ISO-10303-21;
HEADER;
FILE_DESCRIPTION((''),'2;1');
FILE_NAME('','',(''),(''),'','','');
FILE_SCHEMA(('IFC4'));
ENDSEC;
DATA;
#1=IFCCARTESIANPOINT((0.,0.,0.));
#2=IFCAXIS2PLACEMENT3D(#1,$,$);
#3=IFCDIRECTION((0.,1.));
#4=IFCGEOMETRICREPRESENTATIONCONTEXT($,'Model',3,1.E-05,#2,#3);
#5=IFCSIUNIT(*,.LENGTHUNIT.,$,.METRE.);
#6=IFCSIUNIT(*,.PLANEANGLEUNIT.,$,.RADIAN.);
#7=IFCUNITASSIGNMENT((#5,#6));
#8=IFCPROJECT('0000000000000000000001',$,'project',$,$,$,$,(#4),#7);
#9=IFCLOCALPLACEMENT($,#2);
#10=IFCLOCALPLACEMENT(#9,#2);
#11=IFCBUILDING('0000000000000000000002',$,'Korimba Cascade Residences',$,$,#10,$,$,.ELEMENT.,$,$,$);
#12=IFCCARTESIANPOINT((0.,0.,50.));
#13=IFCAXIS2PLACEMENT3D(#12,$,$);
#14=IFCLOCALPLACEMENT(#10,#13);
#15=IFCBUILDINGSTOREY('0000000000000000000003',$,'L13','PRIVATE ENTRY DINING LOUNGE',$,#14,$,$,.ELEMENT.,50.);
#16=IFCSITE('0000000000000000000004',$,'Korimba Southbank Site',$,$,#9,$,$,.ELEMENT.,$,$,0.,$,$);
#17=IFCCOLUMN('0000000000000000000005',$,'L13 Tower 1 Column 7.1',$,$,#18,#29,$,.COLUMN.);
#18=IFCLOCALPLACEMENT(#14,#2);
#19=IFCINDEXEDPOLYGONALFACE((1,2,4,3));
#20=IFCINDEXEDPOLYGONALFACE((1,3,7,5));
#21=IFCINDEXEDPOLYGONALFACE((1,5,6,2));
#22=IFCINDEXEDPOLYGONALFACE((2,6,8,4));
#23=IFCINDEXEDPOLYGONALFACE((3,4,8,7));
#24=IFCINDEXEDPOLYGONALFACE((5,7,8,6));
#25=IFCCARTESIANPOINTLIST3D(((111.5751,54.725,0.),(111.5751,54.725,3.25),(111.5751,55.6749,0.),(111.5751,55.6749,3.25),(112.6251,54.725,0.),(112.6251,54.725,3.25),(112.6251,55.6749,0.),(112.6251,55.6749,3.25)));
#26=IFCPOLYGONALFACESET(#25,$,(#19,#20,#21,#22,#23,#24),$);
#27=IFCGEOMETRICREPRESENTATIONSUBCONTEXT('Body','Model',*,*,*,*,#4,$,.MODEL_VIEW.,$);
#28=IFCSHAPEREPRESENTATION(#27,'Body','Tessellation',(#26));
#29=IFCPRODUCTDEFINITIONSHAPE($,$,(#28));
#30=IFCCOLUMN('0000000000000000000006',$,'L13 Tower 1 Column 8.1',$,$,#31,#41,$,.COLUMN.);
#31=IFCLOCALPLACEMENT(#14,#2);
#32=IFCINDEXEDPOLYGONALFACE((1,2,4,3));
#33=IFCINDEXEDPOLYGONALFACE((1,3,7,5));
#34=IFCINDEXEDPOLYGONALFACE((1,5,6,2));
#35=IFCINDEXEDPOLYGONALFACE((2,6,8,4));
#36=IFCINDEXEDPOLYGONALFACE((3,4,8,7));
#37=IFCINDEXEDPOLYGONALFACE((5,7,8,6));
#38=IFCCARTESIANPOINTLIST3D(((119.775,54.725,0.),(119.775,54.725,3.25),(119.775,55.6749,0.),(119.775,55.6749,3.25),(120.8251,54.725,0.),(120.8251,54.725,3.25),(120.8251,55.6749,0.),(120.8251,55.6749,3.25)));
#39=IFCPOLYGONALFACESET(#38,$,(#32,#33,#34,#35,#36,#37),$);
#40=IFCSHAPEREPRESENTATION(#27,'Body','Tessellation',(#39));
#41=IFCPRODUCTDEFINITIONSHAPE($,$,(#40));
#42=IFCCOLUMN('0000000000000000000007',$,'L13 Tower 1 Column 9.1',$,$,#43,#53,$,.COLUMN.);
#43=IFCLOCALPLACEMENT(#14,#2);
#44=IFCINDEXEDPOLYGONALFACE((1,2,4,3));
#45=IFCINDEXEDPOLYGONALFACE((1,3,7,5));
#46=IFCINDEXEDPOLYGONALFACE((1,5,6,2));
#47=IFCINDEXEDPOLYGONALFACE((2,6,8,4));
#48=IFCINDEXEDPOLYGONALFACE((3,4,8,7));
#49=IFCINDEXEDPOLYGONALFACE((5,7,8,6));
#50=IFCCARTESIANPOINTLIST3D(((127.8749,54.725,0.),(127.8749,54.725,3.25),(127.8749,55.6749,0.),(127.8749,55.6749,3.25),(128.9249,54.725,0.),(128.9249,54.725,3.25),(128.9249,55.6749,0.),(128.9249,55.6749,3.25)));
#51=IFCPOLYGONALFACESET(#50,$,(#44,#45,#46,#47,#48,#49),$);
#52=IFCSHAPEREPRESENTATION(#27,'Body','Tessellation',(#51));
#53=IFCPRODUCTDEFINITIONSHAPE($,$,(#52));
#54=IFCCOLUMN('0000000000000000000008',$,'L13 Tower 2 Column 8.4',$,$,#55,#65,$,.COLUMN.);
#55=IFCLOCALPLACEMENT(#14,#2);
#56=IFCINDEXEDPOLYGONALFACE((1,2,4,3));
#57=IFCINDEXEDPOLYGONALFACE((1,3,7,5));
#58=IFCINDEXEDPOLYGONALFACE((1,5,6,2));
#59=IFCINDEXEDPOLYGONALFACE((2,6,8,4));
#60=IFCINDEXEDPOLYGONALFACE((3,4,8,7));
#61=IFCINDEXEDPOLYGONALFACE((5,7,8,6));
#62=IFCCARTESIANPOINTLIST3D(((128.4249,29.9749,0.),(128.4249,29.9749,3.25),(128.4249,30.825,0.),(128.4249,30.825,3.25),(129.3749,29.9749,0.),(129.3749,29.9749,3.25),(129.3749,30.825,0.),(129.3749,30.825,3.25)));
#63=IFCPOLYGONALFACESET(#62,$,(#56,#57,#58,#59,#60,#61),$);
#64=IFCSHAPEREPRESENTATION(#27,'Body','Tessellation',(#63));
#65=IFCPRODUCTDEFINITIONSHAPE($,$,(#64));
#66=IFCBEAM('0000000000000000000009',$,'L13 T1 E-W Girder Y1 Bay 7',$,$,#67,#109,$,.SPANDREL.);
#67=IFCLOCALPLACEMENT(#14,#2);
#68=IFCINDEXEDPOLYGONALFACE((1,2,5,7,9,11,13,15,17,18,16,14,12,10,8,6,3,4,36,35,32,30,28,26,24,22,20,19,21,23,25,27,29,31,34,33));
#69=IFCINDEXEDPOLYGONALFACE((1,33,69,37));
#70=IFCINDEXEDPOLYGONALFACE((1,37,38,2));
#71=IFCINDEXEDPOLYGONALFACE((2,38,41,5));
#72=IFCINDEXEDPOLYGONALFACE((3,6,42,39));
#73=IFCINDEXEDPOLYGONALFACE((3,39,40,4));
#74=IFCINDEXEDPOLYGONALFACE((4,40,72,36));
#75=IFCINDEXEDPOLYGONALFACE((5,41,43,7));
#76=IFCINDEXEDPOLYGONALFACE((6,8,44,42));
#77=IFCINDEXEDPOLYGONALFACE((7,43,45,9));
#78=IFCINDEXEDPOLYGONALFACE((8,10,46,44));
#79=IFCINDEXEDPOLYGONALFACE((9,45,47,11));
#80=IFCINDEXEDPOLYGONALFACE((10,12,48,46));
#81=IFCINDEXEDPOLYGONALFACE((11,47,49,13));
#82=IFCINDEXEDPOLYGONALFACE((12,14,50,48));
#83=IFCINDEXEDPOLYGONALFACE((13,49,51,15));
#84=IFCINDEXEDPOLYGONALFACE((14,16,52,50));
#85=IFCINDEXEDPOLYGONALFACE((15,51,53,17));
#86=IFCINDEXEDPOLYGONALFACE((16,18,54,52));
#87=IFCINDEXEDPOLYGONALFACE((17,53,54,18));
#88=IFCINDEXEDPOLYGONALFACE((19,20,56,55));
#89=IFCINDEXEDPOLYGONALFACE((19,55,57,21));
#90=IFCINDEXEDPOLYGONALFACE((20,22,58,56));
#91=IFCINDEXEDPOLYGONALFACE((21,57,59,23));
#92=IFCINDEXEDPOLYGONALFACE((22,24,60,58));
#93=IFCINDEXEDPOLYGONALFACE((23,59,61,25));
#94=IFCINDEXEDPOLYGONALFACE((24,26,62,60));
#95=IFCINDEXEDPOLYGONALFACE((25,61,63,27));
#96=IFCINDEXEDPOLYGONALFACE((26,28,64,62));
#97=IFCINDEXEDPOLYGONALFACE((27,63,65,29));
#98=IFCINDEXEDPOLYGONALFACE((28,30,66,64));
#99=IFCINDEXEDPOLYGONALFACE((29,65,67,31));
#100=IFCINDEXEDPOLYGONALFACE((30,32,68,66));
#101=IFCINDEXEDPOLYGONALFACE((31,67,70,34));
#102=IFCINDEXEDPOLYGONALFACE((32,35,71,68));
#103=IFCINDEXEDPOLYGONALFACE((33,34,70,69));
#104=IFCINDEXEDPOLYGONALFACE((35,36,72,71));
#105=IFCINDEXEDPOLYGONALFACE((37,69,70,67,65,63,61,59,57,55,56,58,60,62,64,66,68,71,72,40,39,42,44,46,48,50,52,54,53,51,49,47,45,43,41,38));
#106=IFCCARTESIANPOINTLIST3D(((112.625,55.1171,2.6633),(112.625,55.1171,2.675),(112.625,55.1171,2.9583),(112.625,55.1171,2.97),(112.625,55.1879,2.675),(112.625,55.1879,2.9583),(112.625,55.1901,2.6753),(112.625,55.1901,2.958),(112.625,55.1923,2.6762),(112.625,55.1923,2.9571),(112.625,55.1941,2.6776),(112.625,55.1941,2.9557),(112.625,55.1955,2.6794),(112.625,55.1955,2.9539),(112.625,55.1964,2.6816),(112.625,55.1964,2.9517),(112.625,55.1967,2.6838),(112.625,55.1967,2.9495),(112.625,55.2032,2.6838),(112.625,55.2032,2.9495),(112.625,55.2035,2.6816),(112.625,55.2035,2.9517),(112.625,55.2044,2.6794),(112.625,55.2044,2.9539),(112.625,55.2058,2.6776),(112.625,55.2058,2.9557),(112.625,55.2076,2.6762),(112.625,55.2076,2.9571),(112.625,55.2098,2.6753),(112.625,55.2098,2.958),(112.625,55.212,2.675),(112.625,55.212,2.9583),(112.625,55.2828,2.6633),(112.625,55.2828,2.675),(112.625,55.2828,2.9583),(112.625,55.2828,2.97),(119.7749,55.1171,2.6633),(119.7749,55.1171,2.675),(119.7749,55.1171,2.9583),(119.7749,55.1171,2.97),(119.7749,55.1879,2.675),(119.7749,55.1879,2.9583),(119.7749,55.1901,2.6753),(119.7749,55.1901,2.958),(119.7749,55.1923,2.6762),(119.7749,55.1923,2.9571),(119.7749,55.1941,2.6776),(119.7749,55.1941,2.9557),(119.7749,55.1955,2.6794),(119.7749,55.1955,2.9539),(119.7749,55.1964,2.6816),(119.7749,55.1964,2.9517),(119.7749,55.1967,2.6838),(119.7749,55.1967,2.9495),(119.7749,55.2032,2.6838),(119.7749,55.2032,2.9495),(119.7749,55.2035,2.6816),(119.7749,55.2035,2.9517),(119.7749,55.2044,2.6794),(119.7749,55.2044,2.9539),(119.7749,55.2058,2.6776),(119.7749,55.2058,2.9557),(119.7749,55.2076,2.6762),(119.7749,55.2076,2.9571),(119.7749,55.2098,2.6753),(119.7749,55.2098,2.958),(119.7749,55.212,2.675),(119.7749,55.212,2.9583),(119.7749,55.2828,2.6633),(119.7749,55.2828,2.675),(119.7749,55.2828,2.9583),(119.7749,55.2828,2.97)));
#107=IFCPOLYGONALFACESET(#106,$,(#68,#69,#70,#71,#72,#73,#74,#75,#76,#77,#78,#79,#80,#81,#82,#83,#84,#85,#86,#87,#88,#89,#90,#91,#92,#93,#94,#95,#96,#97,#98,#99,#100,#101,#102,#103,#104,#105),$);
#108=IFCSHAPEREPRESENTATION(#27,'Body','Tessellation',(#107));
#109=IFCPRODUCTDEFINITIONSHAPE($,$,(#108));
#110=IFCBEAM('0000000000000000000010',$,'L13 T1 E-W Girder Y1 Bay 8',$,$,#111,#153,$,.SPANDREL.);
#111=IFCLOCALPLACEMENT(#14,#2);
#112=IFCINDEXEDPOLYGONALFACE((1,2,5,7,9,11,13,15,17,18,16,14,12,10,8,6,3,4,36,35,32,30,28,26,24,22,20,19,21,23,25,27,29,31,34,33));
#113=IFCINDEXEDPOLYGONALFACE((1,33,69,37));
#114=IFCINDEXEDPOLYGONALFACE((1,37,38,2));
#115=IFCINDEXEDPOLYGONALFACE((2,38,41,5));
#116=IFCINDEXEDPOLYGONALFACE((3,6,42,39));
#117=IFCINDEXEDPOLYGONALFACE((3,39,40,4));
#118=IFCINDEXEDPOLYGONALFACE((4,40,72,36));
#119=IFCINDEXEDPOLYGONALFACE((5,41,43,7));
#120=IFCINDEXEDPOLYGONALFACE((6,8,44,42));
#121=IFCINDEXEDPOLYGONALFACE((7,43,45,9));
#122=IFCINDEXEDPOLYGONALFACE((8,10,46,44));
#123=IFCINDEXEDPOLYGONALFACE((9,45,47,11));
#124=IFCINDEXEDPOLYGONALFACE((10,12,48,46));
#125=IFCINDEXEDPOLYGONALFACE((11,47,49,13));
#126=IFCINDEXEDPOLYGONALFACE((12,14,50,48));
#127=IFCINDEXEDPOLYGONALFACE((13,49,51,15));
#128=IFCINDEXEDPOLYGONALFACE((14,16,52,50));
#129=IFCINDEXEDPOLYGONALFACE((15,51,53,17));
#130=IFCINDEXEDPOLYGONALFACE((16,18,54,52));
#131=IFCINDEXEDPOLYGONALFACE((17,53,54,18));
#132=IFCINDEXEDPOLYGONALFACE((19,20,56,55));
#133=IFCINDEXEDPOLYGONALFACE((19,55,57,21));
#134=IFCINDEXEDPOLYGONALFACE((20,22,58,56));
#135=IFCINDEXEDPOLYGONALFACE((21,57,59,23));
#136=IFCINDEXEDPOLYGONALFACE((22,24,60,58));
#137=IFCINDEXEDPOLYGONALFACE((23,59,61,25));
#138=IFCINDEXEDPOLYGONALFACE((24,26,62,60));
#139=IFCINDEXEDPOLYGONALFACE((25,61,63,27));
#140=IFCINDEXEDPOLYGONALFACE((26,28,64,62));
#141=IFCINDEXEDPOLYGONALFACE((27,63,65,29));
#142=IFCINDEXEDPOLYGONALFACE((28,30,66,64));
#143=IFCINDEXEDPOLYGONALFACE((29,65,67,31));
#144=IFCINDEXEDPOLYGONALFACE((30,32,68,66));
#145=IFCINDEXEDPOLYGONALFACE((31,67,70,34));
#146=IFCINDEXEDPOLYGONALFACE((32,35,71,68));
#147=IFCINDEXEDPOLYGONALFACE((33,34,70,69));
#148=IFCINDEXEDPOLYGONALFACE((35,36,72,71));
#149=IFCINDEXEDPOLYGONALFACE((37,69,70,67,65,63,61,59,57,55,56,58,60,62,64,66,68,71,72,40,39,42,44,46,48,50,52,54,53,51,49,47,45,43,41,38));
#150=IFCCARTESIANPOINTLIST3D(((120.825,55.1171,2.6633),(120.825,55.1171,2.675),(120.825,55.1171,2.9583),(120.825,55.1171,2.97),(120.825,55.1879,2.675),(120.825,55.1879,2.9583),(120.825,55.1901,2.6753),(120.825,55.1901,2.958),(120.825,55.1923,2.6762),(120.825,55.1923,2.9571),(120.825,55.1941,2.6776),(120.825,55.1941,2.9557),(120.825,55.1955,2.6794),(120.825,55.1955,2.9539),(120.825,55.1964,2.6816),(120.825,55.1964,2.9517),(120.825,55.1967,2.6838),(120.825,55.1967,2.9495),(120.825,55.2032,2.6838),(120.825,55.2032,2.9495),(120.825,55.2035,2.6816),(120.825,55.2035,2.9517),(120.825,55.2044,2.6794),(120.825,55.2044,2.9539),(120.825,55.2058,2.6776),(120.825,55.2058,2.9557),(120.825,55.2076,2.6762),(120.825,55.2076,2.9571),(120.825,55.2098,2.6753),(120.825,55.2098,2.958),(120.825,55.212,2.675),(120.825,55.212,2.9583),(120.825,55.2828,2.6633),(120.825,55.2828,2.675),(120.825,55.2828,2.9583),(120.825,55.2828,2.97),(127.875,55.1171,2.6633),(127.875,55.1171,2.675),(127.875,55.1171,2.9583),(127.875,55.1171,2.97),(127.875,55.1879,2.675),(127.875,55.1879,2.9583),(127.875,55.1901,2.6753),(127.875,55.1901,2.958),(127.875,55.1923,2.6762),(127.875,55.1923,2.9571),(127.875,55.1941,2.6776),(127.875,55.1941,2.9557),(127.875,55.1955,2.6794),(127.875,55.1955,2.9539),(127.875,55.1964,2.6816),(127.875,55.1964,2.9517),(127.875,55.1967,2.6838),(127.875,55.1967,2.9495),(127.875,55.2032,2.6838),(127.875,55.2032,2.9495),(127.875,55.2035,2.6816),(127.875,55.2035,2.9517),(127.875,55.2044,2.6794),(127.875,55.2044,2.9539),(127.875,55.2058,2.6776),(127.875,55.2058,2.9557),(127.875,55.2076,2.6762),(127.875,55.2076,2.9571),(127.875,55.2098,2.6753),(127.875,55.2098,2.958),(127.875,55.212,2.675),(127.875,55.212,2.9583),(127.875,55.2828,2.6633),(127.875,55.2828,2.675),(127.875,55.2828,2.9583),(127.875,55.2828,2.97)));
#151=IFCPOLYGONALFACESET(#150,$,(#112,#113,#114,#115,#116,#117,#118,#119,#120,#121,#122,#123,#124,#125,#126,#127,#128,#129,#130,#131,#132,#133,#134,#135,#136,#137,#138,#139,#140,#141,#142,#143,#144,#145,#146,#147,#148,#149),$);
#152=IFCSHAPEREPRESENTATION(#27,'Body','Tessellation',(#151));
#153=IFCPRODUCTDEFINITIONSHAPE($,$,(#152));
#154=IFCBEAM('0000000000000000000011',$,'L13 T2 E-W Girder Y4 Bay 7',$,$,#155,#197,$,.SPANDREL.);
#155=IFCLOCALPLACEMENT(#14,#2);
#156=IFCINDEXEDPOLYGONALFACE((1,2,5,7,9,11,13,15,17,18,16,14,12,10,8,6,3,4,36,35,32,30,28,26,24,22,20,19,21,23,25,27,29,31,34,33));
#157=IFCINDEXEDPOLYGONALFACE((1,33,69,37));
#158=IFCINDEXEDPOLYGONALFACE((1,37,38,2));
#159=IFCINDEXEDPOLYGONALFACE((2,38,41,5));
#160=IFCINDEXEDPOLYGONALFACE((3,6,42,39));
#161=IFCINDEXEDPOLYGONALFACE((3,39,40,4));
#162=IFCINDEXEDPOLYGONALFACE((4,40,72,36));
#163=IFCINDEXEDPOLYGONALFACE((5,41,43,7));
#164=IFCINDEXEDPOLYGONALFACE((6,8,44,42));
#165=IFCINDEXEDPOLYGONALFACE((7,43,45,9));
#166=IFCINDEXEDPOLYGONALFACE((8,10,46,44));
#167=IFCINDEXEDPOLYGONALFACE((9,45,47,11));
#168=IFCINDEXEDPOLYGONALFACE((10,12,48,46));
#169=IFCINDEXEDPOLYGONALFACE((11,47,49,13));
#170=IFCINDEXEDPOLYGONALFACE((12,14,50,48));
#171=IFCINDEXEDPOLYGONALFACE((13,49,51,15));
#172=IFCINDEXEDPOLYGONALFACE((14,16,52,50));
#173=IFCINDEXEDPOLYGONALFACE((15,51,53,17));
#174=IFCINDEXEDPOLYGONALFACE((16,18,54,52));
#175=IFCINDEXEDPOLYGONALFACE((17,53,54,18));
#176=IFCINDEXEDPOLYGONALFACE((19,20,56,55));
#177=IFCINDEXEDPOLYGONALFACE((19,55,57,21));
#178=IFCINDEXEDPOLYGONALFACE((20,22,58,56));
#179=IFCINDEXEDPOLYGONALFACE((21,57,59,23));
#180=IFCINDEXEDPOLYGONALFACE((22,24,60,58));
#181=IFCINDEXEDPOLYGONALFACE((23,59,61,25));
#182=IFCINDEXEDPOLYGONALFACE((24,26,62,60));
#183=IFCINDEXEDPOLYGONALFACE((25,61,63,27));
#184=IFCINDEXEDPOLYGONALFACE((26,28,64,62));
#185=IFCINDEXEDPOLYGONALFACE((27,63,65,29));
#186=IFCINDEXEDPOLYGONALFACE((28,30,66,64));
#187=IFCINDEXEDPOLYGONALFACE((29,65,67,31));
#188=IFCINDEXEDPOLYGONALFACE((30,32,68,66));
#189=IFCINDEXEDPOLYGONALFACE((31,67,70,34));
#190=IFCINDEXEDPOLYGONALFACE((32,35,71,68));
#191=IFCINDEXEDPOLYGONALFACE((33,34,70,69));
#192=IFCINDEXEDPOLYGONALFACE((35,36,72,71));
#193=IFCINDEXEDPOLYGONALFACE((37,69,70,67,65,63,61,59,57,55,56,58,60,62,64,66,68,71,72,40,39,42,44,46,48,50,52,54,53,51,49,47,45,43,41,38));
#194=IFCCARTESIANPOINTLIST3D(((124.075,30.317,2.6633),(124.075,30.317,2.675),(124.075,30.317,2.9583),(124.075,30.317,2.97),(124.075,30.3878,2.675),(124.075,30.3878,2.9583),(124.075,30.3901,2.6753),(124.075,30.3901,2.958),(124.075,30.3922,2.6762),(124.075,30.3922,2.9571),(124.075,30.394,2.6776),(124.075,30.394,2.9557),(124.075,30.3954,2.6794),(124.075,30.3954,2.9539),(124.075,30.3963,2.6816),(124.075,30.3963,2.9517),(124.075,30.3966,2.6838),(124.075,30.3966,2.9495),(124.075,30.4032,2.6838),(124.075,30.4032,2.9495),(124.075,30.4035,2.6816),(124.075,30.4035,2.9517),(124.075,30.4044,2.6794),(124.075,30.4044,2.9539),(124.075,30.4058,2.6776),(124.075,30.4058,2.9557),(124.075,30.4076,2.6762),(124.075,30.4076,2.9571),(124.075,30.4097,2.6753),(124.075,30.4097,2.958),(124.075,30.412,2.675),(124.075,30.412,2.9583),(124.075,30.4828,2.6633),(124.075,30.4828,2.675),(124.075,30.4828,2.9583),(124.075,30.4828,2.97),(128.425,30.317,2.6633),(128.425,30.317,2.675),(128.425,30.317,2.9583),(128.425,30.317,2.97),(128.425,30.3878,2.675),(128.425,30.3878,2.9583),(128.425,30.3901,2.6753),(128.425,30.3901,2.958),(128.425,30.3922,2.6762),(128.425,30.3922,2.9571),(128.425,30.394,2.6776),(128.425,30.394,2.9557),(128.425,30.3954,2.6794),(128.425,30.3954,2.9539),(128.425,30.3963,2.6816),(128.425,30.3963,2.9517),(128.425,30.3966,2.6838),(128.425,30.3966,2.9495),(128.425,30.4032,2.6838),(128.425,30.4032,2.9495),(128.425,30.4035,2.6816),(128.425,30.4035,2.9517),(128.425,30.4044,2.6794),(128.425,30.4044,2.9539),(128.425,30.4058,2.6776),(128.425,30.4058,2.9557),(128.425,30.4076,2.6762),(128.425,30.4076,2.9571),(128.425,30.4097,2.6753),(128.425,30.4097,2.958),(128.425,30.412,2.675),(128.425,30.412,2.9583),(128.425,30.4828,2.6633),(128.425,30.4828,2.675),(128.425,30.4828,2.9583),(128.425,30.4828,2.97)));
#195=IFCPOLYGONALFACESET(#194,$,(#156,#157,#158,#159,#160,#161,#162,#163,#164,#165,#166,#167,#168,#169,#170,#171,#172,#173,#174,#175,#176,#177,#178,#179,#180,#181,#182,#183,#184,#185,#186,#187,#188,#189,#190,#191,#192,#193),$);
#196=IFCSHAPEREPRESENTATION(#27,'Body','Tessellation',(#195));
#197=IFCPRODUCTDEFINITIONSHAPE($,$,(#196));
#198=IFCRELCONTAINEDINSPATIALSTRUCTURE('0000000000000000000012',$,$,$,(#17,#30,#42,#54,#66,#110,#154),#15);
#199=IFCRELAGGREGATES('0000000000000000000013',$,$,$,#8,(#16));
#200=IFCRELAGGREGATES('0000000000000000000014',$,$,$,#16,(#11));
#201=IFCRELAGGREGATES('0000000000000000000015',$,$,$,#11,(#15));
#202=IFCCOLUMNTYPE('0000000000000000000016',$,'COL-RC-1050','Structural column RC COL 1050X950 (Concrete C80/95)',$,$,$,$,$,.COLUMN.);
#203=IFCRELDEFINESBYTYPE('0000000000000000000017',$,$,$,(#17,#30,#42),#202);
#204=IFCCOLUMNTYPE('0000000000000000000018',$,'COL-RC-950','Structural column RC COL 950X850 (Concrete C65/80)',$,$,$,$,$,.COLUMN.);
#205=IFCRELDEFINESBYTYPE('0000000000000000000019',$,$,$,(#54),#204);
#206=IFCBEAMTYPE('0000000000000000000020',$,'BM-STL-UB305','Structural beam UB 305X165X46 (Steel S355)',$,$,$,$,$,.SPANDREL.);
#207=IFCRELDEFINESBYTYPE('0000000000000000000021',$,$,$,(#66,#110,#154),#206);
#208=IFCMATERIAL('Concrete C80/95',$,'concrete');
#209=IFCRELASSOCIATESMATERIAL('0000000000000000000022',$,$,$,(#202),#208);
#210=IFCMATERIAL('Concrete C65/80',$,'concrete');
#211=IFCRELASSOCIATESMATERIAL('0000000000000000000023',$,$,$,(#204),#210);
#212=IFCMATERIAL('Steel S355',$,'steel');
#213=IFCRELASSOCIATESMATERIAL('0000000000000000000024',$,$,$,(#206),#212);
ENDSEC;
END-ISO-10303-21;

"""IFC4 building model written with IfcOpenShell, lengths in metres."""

from ifc_helpers import new_model, si_unit, direction, frame, origin, origin_2d, place, context, subcontext, project, spatial, rectangle, i_section, extrude, material, material_profile, profile_set, type_object, element, save


model = new_model("IFC4")

# Units and contexts
model_context = context("Model", 3, precision=1e-05, world=origin(), true_north=direction((0.0, 1.0)))
body_context = subcontext(model_context, "Body", "Model", "MODEL_VIEW")
ifc_project = project(units=[si_unit("LENGTHUNIT", "METRE"), si_unit("PLANEANGLEUNIT", "RADIAN")], contexts=[model_context])

# Site, building, storey
site_placement = place(None, origin())
site = spatial("IfcSite", under=ifc_project, at=site_placement, Name="Korimba Southbank Site", CompositionType="ELEMENT", RefElevation=0.0)
building_placement = place(site_placement, origin())
building = spatial("IfcBuilding", under=site, at=building_placement, Name="Korimba Cascade Residences", CompositionType="ELEMENT")
storey_placement = place(building_placement, frame((0.0, 0.0, 50.0)))
storey = spatial("IfcBuildingStorey", under=building, at=storey_placement, Name="L13", Description="PRIVATE ENTRY DINING LOUNGE", CompositionType="ELEMENT", Elevation=50.0)

# Columns
ifc_material_1 = material(Name="Concrete C80/95", Category="concrete")
ifc_material_profile_1 = material_profile(ifc_material_1, rectangle(XDim=1.05, YDim=0.95, at=origin_2d()), Name="Concrete C80/95")
ifc_profile_set_1 = profile_set([ifc_material_profile_1], Name="Concrete C80/95")
column_type_1 = type_object("IfcColumnType", Name="COL-RC-1050", Description="Structural column RC COL 1050X950 (Concrete C80/95)", PredefinedType="COLUMN", material=ifc_profile_set_1)
for number, where, z_axis, x_axis, name in (
    (1, (112.1001, 55.2, 0.0), (0.0, 0.0, 1.0), (1.0, 0.0, 0.0), "L13 Tower 1 Column 7.1"),
    (2, (120.3, 55.2, 0.0), (0.0, 0.0, 1.0), (1.0, 0.0, 0.0), "L13 Tower 1 Column 8.1"),
    (3, (128.3999, 55.2, 0.0), (0.0, 0.0, 1.0), (1.0, 0.0, 0.0), "L13 Tower 1 Column 9.1"),
):
    element("IfcColumn", number, at=place(storey_placement, frame(where, z_axis=z_axis, x_axis=x_axis)), inside=storey, type_object=column_type_1, Name=name, PredefinedType="COLUMN", context=body_context, shape_type="SweptSolid", body=[
        extrude(rectangle(XDim=1.05, YDim=0.95, at=origin_2d()), origin(), (0.0, 0.0, 1.0), 3.25),
    ])
ifc_material_2 = material(Name="Concrete C65/80", Category="concrete")
ifc_material_profile_2 = material_profile(ifc_material_2, rectangle(XDim=0.95, YDim=0.8501, at=origin_2d()), Name="Concrete C65/80")
ifc_profile_set_2 = profile_set([ifc_material_profile_2], Name="Concrete C65/80")
column_type_2 = type_object("IfcColumnType", Name="COL-RC-950", Description="Structural column RC COL 950X850 (Concrete C65/80)", PredefinedType="COLUMN", material=ifc_profile_set_2)
column_placement = place(storey_placement, frame((128.8999, 30.3999, 0.0), z_axis=(0.0, 0.0, 1.0), x_axis=(1.0, 0.0, 0.0)))
element("IfcColumn", 4, at=column_placement, inside=storey, type_object=column_type_2, Name="L13 Tower 2 Column 8.4", PredefinedType="COLUMN", context=body_context, shape_type="SweptSolid", body=[
    extrude(rectangle(XDim=0.95, YDim=0.8501, at=origin_2d()), origin(), (0.0, 0.0, 1.0), 3.25),
])

# Beams
ifc_material_3 = material(Name="Steel S355", Category="steel")
ifc_material_profile_3 = material_profile(ifc_material_3, i_section(OverallWidth=0.1658, OverallDepth=0.3066, WebThickness=0.0066, FlangeThickness=0.0117, FilletRadius=0.0088, at=origin_2d()), Name="Steel S355")
ifc_profile_set_3 = profile_set([ifc_material_profile_3], Name="Steel S355")
beam_type = type_object("IfcBeamType", Name="BM-STL-UB305", Description="Structural beam UB 305X165X46 (Steel S355)", PredefinedType="SPANDREL", material=ifc_profile_set_3)
beam_1_placement = place(storey_placement, frame((112.625, 55.2, 2.8167), z_axis=(1.0, 0.0, 0.0), x_axis=(0.0, 1.0, 0.0)))
element("IfcBeam", 5, at=beam_1_placement, inside=storey, type_object=beam_type, Name="L13 T1 E-W Girder Y1 Bay 7", PredefinedType="SPANDREL", context=body_context, shape_type="SweptSolid", body=[
    extrude(i_section(OverallWidth=0.1658, OverallDepth=0.3066, WebThickness=0.0066, FlangeThickness=0.0117, FilletRadius=0.0088, at=origin_2d()), origin(), (0.0, 0.0, 1.0), 7.1499),
])
beam_2_placement = place(storey_placement, frame((120.825, 55.2, 2.8167), z_axis=(1.0, 0.0, 0.0), x_axis=(0.0, 1.0, 0.0)))
element("IfcBeam", 6, at=beam_2_placement, inside=storey, type_object=beam_type, Name="L13 T1 E-W Girder Y1 Bay 8", PredefinedType="SPANDREL", context=body_context, shape_type="SweptSolid", body=[
    extrude(i_section(OverallWidth=0.1658, OverallDepth=0.3066, WebThickness=0.0066, FlangeThickness=0.0117, FilletRadius=0.0088, at=origin_2d()), origin(), (0.0, 0.0, 1.0), 7.05),
])
beam_3_placement = place(storey_placement, frame((124.075, 30.3999, 2.8167), z_axis=(1.0, 0.0, 0.0), x_axis=(0.0, 1.0, 0.0)))
element("IfcBeam", 7, at=beam_3_placement, inside=storey, type_object=beam_type, Name="L13 T2 E-W Girder Y4 Bay 7", PredefinedType="SPANDREL", context=body_context, shape_type="SweptSolid", body=[
    extrude(i_section(OverallWidth=0.1658, OverallDepth=0.3066, WebThickness=0.0066, FlangeThickness=0.0117, FilletRadius=0.0088, at=origin_2d()), origin(), (0.0, 0.0, 1.0), 4.3501),
])

save(model, "model.ifc")
